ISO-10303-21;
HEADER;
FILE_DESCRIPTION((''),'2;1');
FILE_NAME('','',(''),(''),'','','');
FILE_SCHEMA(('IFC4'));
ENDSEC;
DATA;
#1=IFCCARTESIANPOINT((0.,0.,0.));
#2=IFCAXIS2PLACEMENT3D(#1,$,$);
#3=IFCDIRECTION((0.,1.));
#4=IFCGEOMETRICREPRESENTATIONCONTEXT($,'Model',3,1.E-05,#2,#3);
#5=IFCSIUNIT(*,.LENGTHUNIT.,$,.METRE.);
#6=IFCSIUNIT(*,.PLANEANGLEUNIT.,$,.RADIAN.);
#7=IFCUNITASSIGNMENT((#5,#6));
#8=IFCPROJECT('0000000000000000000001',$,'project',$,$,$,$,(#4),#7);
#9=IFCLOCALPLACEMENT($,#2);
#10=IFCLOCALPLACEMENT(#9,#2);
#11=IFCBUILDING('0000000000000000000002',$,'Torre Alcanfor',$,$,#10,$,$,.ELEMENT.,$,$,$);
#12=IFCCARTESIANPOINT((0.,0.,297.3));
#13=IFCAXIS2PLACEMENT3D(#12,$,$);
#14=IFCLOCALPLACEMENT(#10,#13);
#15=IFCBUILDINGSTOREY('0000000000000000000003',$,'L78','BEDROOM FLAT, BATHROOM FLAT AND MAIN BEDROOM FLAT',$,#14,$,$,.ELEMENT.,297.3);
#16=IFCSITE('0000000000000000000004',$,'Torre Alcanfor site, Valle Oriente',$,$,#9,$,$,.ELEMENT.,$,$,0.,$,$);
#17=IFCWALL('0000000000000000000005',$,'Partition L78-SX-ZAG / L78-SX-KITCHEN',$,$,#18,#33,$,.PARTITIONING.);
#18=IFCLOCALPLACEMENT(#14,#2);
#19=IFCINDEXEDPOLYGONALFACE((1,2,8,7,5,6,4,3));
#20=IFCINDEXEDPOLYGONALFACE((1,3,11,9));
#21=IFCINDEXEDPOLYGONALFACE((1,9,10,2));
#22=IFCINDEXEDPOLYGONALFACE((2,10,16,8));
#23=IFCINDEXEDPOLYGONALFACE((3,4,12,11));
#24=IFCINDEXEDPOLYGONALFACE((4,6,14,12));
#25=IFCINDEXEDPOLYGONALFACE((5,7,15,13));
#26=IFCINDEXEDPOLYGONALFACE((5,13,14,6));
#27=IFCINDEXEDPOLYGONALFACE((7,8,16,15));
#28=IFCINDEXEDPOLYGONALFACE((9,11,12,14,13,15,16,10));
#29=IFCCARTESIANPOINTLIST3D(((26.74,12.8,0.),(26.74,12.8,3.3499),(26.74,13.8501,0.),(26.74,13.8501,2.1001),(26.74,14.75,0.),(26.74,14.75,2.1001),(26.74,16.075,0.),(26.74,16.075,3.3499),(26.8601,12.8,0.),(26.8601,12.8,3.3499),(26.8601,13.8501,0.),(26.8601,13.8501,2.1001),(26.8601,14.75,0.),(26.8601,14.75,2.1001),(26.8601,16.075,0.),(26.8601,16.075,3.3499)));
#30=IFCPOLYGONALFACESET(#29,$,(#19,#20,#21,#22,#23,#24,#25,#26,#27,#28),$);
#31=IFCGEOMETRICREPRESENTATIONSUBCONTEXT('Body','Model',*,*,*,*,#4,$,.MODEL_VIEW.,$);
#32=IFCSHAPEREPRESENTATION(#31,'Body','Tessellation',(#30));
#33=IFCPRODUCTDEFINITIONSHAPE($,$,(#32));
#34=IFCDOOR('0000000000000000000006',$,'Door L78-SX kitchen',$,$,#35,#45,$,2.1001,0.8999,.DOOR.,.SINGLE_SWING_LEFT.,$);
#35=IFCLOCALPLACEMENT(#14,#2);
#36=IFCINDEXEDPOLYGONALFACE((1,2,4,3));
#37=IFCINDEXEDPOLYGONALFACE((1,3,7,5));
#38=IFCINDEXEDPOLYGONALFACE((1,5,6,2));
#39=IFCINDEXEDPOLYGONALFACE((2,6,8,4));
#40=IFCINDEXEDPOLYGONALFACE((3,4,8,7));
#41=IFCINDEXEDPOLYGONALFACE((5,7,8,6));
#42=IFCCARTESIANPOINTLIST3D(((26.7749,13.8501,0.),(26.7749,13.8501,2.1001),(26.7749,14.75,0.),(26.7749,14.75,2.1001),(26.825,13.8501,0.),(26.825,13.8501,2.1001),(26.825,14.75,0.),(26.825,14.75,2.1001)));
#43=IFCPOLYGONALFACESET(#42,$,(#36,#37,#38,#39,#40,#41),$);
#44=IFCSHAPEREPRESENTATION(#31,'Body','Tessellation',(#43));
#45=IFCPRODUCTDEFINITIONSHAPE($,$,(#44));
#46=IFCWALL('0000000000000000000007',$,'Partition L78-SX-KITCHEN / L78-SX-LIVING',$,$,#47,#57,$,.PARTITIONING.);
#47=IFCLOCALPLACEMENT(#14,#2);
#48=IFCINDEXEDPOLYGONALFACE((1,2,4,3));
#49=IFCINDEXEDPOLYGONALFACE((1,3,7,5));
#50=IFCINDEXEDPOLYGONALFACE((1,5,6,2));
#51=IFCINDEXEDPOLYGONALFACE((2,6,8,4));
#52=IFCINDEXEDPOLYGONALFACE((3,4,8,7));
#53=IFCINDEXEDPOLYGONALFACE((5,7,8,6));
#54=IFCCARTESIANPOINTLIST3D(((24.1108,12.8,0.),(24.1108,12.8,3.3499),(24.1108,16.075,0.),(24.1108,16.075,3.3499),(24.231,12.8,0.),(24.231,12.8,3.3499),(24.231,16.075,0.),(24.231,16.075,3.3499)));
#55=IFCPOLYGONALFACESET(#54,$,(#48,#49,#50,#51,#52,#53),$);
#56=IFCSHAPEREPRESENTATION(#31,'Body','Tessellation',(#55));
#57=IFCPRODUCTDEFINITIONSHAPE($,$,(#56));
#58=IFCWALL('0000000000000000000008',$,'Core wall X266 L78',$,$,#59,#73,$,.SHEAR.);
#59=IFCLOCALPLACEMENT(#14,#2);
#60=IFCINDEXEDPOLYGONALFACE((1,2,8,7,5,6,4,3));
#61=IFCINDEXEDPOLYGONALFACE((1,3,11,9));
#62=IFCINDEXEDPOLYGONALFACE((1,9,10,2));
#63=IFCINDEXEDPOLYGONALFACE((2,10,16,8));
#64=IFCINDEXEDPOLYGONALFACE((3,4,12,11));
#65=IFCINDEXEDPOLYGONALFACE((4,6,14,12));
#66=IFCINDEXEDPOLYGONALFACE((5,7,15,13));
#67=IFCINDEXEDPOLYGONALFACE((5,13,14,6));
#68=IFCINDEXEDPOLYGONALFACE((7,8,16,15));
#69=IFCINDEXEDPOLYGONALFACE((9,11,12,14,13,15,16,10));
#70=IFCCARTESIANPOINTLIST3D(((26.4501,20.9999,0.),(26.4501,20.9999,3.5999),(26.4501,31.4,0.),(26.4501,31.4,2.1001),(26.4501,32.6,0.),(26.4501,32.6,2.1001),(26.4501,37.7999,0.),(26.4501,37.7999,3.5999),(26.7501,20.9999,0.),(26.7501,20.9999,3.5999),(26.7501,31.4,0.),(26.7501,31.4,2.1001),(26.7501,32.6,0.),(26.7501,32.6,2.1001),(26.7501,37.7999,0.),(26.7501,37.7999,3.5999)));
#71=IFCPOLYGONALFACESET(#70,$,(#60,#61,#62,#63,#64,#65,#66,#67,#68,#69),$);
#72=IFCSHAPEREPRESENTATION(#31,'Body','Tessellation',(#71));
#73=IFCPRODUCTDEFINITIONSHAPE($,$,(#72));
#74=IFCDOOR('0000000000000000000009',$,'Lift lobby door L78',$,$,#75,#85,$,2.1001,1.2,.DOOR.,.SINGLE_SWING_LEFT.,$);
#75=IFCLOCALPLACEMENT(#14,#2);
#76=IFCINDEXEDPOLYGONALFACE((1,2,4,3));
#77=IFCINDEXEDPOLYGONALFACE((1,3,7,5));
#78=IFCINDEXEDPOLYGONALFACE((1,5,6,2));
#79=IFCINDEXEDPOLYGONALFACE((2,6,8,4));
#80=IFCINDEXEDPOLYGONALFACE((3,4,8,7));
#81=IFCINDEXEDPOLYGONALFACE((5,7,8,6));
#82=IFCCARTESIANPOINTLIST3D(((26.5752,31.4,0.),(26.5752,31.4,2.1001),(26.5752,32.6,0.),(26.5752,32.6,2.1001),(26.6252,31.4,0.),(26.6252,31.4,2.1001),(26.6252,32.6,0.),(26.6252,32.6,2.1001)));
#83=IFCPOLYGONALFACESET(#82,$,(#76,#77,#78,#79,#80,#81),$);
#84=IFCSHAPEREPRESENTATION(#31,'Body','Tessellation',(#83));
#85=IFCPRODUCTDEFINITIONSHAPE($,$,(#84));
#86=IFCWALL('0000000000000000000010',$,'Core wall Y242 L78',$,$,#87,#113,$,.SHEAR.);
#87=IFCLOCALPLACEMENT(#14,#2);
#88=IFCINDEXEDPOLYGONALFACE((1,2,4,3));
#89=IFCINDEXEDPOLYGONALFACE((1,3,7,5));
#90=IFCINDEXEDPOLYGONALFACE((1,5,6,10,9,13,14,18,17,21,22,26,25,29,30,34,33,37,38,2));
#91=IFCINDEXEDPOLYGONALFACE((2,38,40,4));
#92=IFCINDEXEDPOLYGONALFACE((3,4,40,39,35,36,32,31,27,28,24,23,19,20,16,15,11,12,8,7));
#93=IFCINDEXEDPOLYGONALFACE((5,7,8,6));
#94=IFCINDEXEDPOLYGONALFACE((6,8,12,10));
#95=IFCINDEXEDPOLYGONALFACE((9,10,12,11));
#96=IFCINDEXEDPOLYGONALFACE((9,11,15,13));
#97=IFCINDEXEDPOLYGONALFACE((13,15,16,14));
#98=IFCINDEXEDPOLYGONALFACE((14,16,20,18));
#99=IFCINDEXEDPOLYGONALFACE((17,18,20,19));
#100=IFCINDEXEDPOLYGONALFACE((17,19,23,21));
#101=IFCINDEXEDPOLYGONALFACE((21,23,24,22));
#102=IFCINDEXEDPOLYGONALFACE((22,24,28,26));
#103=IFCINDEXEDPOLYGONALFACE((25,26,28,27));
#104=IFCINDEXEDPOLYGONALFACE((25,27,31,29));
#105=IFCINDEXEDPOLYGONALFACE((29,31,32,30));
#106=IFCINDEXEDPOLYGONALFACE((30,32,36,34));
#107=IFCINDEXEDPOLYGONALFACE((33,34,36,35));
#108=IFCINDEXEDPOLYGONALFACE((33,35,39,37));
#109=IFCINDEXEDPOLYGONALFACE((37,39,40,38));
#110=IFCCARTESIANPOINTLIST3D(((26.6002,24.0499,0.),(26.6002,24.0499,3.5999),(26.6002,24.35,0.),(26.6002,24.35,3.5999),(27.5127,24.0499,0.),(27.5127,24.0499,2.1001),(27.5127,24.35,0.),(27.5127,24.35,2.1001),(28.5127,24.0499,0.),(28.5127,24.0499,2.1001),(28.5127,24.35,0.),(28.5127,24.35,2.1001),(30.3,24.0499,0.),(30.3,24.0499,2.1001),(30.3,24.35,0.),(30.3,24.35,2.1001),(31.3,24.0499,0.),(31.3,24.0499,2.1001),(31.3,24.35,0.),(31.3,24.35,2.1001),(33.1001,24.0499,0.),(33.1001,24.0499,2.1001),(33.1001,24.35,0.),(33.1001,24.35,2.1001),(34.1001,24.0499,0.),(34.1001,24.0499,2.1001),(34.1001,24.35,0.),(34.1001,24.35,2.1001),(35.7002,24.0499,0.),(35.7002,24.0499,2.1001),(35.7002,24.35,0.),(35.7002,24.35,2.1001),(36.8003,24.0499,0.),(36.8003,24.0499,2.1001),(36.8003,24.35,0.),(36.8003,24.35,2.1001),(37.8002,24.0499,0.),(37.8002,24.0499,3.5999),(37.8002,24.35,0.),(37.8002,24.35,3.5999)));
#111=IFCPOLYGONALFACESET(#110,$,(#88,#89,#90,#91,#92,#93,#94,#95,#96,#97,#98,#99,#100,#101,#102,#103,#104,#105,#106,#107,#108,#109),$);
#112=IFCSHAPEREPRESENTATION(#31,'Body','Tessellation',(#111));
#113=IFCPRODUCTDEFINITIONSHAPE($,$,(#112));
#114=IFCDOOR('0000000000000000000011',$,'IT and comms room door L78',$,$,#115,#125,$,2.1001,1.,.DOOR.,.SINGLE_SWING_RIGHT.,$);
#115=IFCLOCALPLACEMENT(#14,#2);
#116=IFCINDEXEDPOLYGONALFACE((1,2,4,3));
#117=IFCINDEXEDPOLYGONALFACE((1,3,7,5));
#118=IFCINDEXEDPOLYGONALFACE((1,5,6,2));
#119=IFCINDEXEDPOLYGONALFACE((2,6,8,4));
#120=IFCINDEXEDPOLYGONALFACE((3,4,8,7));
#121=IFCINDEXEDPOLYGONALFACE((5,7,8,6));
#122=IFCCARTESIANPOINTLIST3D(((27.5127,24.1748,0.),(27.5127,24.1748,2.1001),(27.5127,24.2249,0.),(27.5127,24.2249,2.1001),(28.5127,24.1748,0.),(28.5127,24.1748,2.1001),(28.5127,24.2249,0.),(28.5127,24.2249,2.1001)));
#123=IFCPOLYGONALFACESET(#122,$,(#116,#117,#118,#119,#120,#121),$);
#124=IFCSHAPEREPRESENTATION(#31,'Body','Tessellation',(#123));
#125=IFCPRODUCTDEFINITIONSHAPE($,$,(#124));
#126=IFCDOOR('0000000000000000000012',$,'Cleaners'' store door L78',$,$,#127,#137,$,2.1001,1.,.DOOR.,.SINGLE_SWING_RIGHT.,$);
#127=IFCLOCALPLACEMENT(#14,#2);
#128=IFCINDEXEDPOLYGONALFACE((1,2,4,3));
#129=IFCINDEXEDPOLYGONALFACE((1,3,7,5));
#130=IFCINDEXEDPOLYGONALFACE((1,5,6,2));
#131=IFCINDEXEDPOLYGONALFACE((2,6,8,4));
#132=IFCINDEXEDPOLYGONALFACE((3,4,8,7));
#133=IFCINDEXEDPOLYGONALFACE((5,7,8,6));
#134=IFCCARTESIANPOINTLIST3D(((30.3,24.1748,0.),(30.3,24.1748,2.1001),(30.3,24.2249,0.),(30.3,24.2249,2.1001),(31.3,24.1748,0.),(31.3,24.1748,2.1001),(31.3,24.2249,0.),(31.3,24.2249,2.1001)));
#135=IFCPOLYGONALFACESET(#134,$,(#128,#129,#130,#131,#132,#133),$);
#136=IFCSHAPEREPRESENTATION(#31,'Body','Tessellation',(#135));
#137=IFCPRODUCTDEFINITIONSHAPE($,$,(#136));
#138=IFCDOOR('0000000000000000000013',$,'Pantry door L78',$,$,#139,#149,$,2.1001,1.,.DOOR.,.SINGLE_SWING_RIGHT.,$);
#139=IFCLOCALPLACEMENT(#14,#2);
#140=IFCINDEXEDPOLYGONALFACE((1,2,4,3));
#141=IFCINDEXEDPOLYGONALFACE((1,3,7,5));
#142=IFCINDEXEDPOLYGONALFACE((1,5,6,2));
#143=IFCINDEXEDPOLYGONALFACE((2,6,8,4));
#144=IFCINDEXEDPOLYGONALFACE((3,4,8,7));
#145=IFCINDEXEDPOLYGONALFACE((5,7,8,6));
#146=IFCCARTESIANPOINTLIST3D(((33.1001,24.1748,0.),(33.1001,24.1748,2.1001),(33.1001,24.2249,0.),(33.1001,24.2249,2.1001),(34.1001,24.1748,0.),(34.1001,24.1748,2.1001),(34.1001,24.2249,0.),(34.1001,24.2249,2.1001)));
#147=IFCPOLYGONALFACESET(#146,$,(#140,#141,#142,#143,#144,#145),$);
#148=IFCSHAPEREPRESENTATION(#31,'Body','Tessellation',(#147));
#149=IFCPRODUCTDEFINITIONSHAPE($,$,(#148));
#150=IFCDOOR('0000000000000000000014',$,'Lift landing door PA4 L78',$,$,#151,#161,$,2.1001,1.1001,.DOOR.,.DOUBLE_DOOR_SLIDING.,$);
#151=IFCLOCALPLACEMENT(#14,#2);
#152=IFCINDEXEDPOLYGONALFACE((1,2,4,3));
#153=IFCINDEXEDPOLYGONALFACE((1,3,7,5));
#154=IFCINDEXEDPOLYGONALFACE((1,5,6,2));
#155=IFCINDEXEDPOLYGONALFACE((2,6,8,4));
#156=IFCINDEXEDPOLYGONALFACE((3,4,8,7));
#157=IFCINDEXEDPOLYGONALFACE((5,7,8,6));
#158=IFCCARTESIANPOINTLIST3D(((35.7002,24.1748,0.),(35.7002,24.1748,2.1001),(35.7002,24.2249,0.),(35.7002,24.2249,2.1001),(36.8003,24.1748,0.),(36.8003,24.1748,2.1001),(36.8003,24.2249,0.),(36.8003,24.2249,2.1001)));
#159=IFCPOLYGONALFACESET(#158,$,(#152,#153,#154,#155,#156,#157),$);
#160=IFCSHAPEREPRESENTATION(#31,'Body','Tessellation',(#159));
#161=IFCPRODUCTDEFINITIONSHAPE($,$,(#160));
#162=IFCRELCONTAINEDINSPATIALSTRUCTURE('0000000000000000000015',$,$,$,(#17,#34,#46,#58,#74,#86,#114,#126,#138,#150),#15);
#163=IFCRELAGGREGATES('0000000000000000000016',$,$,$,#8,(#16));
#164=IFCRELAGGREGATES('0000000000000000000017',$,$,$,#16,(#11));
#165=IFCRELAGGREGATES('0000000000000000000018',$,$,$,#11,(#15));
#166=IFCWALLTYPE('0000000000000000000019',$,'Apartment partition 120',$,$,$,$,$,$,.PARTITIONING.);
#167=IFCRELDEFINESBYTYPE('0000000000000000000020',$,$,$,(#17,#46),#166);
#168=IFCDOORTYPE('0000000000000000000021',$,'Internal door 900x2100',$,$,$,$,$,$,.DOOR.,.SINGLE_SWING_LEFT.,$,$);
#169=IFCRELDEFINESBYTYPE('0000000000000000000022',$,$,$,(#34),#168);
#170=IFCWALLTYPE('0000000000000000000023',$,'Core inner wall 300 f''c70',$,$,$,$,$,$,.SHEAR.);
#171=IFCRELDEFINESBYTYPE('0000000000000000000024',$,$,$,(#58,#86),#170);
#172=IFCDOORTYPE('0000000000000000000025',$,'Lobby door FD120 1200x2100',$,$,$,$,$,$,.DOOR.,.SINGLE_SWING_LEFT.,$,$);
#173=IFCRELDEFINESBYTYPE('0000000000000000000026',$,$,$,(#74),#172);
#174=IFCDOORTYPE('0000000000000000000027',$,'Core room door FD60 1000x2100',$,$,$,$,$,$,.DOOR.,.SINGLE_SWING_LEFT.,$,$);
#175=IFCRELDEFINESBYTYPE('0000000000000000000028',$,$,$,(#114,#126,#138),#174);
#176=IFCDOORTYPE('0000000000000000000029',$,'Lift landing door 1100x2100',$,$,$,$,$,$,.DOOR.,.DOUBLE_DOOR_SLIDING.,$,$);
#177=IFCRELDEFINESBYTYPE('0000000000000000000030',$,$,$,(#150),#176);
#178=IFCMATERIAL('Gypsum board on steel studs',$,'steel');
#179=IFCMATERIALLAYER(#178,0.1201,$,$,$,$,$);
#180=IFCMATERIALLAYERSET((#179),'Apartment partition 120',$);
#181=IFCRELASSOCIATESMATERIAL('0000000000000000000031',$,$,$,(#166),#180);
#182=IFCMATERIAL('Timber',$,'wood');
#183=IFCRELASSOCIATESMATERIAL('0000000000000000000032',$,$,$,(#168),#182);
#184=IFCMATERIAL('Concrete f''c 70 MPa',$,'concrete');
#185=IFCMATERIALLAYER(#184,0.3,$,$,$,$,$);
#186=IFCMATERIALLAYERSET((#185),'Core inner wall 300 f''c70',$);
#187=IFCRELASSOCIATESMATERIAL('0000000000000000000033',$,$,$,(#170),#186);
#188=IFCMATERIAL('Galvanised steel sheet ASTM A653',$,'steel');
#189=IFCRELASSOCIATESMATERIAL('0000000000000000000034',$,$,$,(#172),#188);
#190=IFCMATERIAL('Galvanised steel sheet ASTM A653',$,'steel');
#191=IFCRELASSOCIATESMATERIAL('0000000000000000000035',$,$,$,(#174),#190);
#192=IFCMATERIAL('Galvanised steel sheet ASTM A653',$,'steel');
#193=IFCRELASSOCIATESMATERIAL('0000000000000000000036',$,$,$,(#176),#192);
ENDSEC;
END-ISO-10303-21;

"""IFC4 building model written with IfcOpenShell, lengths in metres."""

from ifc_helpers import new_model, si_unit, direction, frame, frame_2d, origin, place, context, subcontext, project, spatial, rectangle, extrude, material, layer, layer_set, type_object, element, fill, save


model = new_model("IFC4")

# Units and contexts
model_context = context("Model", 3, precision=1e-05, world=origin(), true_north=direction((0.0, 1.0)))
body_context = subcontext(model_context, "Body", "Model", "MODEL_VIEW")
ifc_project = project(units=[si_unit("LENGTHUNIT", "METRE"), si_unit("PLANEANGLEUNIT", "RADIAN")], contexts=[model_context])

# Site, building, storey
site_placement = place(None, origin())
site = spatial("IfcSite", under=ifc_project, at=site_placement, Name="Torre Alcanfor site, Valle Oriente", CompositionType="ELEMENT", RefElevation=0.0)
building_placement = place(site_placement, origin())
building = spatial("IfcBuilding", under=site, at=building_placement, Name="Torre Alcanfor", CompositionType="ELEMENT")
storey_placement = place(building_placement, frame((0.0, 0.0, 297.3)))
storey = spatial("IfcBuildingStorey", under=building, at=storey_placement, Name="L78", Description="BEDROOM FLAT, BATHROOM FLAT AND MAIN BEDROOM FLAT", CompositionType="ELEMENT", Elevation=297.3)

# Wall, opening, door
ifc_material_1 = material(Name="Gypsum board on steel studs", Category="steel")
ifc_layer_1 = layer(ifc_material_1, 0.1201)
ifc_layer_set_1 = layer_set([ifc_layer_1], Name="Apartment partition 120")
wall_type_1 = type_object("IfcWallType", Name="Apartment partition 120", PredefinedType="PARTITIONING", material=ifc_layer_set_1)
wall_1_placement = place(storey_placement, frame((26.8, 16.075, 0.0), z_axis=(0.0, 0.0, 1.0), x_axis=(0.0, -1.0, 0.0)))
wall_1 = element("IfcWall", 1, at=wall_1_placement, inside=storey, type_object=wall_type_1, Name="Partition L78-SX-ZAG / L78-SX-KITCHEN", PredefinedType="PARTITIONING", context=body_context, shape_type="SweptSolid", body=[
    extrude(rectangle(XDim=3.2749, YDim=0.1201, at=frame_2d((1.6375, 0.0))), origin(), (0.0, 0.0, 1.0), 3.3499),
])
opening_1_placement = place(wall_1_placement, frame((1.325, 0.0, 0.0)))
opening_1 = element("IfcOpeningElement", 2, at=opening_1_placement, cuts=wall_1, PredefinedType="OPENING", context=body_context, shape_type="SweptSolid", body=[
    extrude(rectangle(XDim=0.8999, YDim=2.1001, at=frame_2d((0.45, 1.05))), frame((0.0, 0.0701, 0.0), z_axis=(0.0, -1.0, 0.0), x_axis=(1.0, 0.0, 0.0)), (0.0, 0.0, 1.0), 0.1401),
])
ifc_material_2 = material(Name="Timber", Category="wood")
door_type_1 = type_object("IfcDoorType", Name="Internal door 900x2100", OperationType="SINGLE_SWING_LEFT", PredefinedType="DOOR", material=ifc_material_2)
door_1_placement = place(opening_1_placement, frame((0.8999, 0.0, 0.0), z_axis=(0.0, 0.0, 1.0), x_axis=(-1.0, 0.0, 0.0)))
door_1 = element("IfcDoor", 3, at=door_1_placement, inside=storey, type_object=door_type_1, Name="Door L78-SX kitchen", OperationType="SINGLE_SWING_LEFT", OverallHeight=2.1001, OverallWidth=0.8999, PredefinedType="DOOR", context=body_context, shape_type="SweptSolid", body=[
    extrude(rectangle(XDim=0.8999, YDim=2.1001, at=frame_2d((0.45, 1.05))), frame((0.0, 0.0251, 0.0), z_axis=(0.0, -1.0, 0.0), x_axis=(1.0, 0.0, 0.0)), (0.0, 0.0, 1.0), 0.05),
])
fill(opening_1, door_1)

# Wall
wall_2_placement = place(storey_placement, frame((24.1709, 16.075, 0.0), z_axis=(0.0, 0.0, 1.0), x_axis=(0.0, -1.0, 0.0)))
element("IfcWall", 4, at=wall_2_placement, inside=storey, type_object=wall_type_1, Name="Partition L78-SX-KITCHEN / L78-SX-LIVING", PredefinedType="PARTITIONING", context=body_context, shape_type="SweptSolid", body=[
    extrude(rectangle(XDim=3.2749, YDim=0.1201, at=frame_2d((1.6375, 0.0))), origin(), (0.0, 0.0, 1.0), 3.3499),
])

# Wall, opening, door
ifc_material_3 = material(Name="Concrete f'c 70 MPa", Category="concrete")
ifc_layer_2 = layer(ifc_material_3, 0.3)
ifc_layer_set_2 = layer_set([ifc_layer_2], Name="Core inner wall 300 f'c70")
wall_type_2 = type_object("IfcWallType", Name="Core inner wall 300 f'c70", PredefinedType="SHEAR", material=ifc_layer_set_2)
wall_3_placement = place(storey_placement, frame((26.6001, 21.0, 0.0), z_axis=(0.0, 0.0, 1.0), x_axis=(0.0, 1.0, 0.0)))
wall_3 = element("IfcWall", 5, at=wall_3_placement, inside=storey, type_object=wall_type_2, Name="Core wall X266 L78", PredefinedType="SHEAR", context=body_context, shape_type="SweptSolid", body=[
    extrude(rectangle(XDim=16.8, YDim=0.3, at=frame_2d((8.3999, 0.0))), origin(), (0.0, 0.0, 1.0), 3.5999),
])
opening_2_placement = place(wall_3_placement, frame((10.3999, 0.0, 0.0)))
opening_2 = element("IfcOpeningElement", 6, at=opening_2_placement, cuts=wall_3, PredefinedType="OPENING", context=body_context, shape_type="SweptSolid", body=[
    extrude(rectangle(XDim=1.2, YDim=2.1001, at=frame_2d((0.6001, 1.05))), frame((0.0, 0.1599, 0.0), z_axis=(0.0, -1.0, 0.0), x_axis=(1.0, 0.0, 0.0)), (0.0, 0.0, 1.0), 0.3201),
])
ifc_material_4 = material(Name="Galvanised steel sheet ASTM A653", Category="steel")
door_type_2 = type_object("IfcDoorType", Name="Lobby door FD120 1200x2100", OperationType="SINGLE_SWING_LEFT", PredefinedType="DOOR", material=ifc_material_4)
door_2_placement = place(opening_2_placement, origin())
door_2 = element("IfcDoor", 7, at=door_2_placement, inside=storey, type_object=door_type_2, Name="Lift lobby door L78", OperationType="SINGLE_SWING_LEFT", OverallHeight=2.1001, OverallWidth=1.2, PredefinedType="DOOR", context=body_context, shape_type="SweptSolid", body=[
    extrude(rectangle(XDim=1.2, YDim=2.1001, at=frame_2d((0.6001, 1.05))), frame((0.0, 0.0249, 0.0), z_axis=(0.0, -1.0, 0.0), x_axis=(1.0, 0.0, 0.0)), (0.0, 0.0, 1.0), 0.05),
])
fill(opening_2, door_2)

# Wall, openings, doors
wall_4_placement = place(storey_placement, frame((26.6001, 24.2, 0.0), z_axis=(0.0, 0.0, 1.0), x_axis=(1.0, 0.0, 0.0)))
wall_4 = element("IfcWall", 8, at=wall_4_placement, inside=storey, type_object=wall_type_2, Name="Core wall Y242 L78", PredefinedType="SHEAR", context=body_context, shape_type="SweptSolid", body=[
    extrude(rectangle(XDim=11.2, YDim=0.3, at=frame_2d((5.6001, 0.0))), origin(), (0.0, 0.0, 1.0), 3.5999),
])
opening_3_placement = place(wall_4_placement, frame((0.9126, 0.0, 0.0)))
opening_3 = element("IfcOpeningElement", 9, at=opening_3_placement, cuts=wall_4, PredefinedType="OPENING", context=body_context, shape_type="SweptSolid", body=[
    extrude(rectangle(XDim=1.0, YDim=2.1001, at=frame_2d((0.5, 1.05))), frame((0.0, 0.1599, 0.0), z_axis=(0.0, -1.0, 0.0), x_axis=(1.0, 0.0, 0.0)), (0.0, 0.0, 1.0), 0.3201),
])
opening_4_placement = place(wall_4_placement, frame((3.7, 0.0, 0.0)))
opening_4 = element("IfcOpeningElement", 10, at=opening_4_placement, cuts=wall_4, PredefinedType="OPENING", context=body_context, shape_type="SweptSolid", body=[
    extrude(rectangle(XDim=1.0, YDim=2.1001, at=frame_2d((0.5, 1.05))), frame((0.0, 0.1599, 0.0), z_axis=(0.0, -1.0, 0.0), x_axis=(1.0, 0.0, 0.0)), (0.0, 0.0, 1.0), 0.3201),
])
opening_5_placement = place(wall_4_placement, frame((6.5, 0.0, 0.0)))
opening_5 = element("IfcOpeningElement", 11, at=opening_5_placement, cuts=wall_4, PredefinedType="OPENING", context=body_context, shape_type="SweptSolid", body=[
    extrude(rectangle(XDim=1.0, YDim=2.1001, at=frame_2d((0.5, 1.05))), frame((0.0, 0.1599, 0.0), z_axis=(0.0, -1.0, 0.0), x_axis=(1.0, 0.0, 0.0)), (0.0, 0.0, 1.0), 0.3201),
])
opening_6_placement = place(wall_4_placement, frame((9.1001, 0.0, 0.0)))
opening_6 = element("IfcOpeningElement", 12, at=opening_6_placement, cuts=wall_4, PredefinedType="OPENING", context=body_context, shape_type="SweptSolid", body=[
    extrude(rectangle(XDim=1.1001, YDim=2.1001, at=frame_2d((0.55, 1.05))), frame((0.0, 0.1599, 0.0), z_axis=(0.0, -1.0, 0.0), x_axis=(1.0, 0.0, 0.0)), (0.0, 0.0, 1.0), 0.3201),
])
ifc_material_5 = material(Name="Galvanised steel sheet ASTM A653", Category="steel")
door_type_3 = type_object("IfcDoorType", Name="Core room door FD60 1000x2100", OperationType="SINGLE_SWING_LEFT", PredefinedType="DOOR", material=ifc_material_5)
door_3_placement = place(opening_3_placement, frame((1.0, 0.0, 0.0), z_axis=(0.0, 0.0, 1.0), x_axis=(-1.0, 0.0, 0.0)))
door_3 = element("IfcDoor", 13, at=door_3_placement, inside=storey, type_object=door_type_3, Name="IT and comms room door L78", OperationType="SINGLE_SWING_RIGHT", OverallHeight=2.1001, OverallWidth=1.0, PredefinedType="DOOR", context=body_context, shape_type="SweptSolid", body=[
    extrude(rectangle(XDim=1.0, YDim=2.1001, at=frame_2d((0.5, 1.05))), frame((0.0, 0.0251, 0.0), z_axis=(0.0, -1.0, 0.0), x_axis=(1.0, 0.0, 0.0)), (0.0, 0.0, 1.0), 0.05),
])
fill(opening_3, door_3)
door_4_placement = place(opening_4_placement, frame((1.0, 0.0, 0.0), z_axis=(0.0, 0.0, 1.0), x_axis=(-1.0, 0.0, 0.0)))
door_4 = element("IfcDoor", 14, at=door_4_placement, inside=storey, type_object=door_type_3, Name="Cleaners' store door L78", OperationType="SINGLE_SWING_RIGHT", OverallHeight=2.1001, OverallWidth=1.0, PredefinedType="DOOR", context=body_context, shape_type="SweptSolid", body=[
    extrude(rectangle(XDim=1.0, YDim=2.1001, at=frame_2d((0.5, 1.05))), frame((0.0, 0.0251, 0.0), z_axis=(0.0, -1.0, 0.0), x_axis=(1.0, 0.0, 0.0)), (0.0, 0.0, 1.0), 0.05),
])
fill(opening_4, door_4)
door_5_placement = place(opening_5_placement, frame((1.0, 0.0, 0.0), z_axis=(0.0, 0.0, 1.0), x_axis=(-1.0, 0.0, 0.0)))
door_5 = element("IfcDoor", 15, at=door_5_placement, inside=storey, type_object=door_type_3, Name="Pantry door L78", OperationType="SINGLE_SWING_RIGHT", OverallHeight=2.1001, OverallWidth=1.0, PredefinedType="DOOR", context=body_context, shape_type="SweptSolid", body=[
    extrude(rectangle(XDim=1.0, YDim=2.1001, at=frame_2d((0.5, 1.05))), frame((0.0, 0.0251, 0.0), z_axis=(0.0, -1.0, 0.0), x_axis=(1.0, 0.0, 0.0)), (0.0, 0.0, 1.0), 0.05),
])
fill(opening_5, door_5)
ifc_material_6 = material(Name="Galvanised steel sheet ASTM A653", Category="steel")
door_type_4 = type_object("IfcDoorType", Name="Lift landing door 1100x2100", OperationType="DOUBLE_DOOR_SLIDING", PredefinedType="DOOR", material=ifc_material_6)
door_6_placement = place(opening_6_placement, origin())
door_6 = element("IfcDoor", 16, at=door_6_placement, inside=storey, type_object=door_type_4, Name="Lift landing door PA4 L78", OperationType="DOUBLE_DOOR_SLIDING", OverallHeight=2.1001, OverallWidth=1.1001, PredefinedType="DOOR", context=body_context, shape_type="SweptSolid", body=[
    extrude(rectangle(XDim=1.1001, YDim=2.1001, at=frame_2d((0.55, 1.05))), frame((0.0, 0.0249, 0.0), z_axis=(0.0, -1.0, 0.0), x_axis=(1.0, 0.0, 0.0)), (0.0, 0.0, 1.0), 0.05),
])
fill(opening_6, door_6)

save(model, "model.ifc")
